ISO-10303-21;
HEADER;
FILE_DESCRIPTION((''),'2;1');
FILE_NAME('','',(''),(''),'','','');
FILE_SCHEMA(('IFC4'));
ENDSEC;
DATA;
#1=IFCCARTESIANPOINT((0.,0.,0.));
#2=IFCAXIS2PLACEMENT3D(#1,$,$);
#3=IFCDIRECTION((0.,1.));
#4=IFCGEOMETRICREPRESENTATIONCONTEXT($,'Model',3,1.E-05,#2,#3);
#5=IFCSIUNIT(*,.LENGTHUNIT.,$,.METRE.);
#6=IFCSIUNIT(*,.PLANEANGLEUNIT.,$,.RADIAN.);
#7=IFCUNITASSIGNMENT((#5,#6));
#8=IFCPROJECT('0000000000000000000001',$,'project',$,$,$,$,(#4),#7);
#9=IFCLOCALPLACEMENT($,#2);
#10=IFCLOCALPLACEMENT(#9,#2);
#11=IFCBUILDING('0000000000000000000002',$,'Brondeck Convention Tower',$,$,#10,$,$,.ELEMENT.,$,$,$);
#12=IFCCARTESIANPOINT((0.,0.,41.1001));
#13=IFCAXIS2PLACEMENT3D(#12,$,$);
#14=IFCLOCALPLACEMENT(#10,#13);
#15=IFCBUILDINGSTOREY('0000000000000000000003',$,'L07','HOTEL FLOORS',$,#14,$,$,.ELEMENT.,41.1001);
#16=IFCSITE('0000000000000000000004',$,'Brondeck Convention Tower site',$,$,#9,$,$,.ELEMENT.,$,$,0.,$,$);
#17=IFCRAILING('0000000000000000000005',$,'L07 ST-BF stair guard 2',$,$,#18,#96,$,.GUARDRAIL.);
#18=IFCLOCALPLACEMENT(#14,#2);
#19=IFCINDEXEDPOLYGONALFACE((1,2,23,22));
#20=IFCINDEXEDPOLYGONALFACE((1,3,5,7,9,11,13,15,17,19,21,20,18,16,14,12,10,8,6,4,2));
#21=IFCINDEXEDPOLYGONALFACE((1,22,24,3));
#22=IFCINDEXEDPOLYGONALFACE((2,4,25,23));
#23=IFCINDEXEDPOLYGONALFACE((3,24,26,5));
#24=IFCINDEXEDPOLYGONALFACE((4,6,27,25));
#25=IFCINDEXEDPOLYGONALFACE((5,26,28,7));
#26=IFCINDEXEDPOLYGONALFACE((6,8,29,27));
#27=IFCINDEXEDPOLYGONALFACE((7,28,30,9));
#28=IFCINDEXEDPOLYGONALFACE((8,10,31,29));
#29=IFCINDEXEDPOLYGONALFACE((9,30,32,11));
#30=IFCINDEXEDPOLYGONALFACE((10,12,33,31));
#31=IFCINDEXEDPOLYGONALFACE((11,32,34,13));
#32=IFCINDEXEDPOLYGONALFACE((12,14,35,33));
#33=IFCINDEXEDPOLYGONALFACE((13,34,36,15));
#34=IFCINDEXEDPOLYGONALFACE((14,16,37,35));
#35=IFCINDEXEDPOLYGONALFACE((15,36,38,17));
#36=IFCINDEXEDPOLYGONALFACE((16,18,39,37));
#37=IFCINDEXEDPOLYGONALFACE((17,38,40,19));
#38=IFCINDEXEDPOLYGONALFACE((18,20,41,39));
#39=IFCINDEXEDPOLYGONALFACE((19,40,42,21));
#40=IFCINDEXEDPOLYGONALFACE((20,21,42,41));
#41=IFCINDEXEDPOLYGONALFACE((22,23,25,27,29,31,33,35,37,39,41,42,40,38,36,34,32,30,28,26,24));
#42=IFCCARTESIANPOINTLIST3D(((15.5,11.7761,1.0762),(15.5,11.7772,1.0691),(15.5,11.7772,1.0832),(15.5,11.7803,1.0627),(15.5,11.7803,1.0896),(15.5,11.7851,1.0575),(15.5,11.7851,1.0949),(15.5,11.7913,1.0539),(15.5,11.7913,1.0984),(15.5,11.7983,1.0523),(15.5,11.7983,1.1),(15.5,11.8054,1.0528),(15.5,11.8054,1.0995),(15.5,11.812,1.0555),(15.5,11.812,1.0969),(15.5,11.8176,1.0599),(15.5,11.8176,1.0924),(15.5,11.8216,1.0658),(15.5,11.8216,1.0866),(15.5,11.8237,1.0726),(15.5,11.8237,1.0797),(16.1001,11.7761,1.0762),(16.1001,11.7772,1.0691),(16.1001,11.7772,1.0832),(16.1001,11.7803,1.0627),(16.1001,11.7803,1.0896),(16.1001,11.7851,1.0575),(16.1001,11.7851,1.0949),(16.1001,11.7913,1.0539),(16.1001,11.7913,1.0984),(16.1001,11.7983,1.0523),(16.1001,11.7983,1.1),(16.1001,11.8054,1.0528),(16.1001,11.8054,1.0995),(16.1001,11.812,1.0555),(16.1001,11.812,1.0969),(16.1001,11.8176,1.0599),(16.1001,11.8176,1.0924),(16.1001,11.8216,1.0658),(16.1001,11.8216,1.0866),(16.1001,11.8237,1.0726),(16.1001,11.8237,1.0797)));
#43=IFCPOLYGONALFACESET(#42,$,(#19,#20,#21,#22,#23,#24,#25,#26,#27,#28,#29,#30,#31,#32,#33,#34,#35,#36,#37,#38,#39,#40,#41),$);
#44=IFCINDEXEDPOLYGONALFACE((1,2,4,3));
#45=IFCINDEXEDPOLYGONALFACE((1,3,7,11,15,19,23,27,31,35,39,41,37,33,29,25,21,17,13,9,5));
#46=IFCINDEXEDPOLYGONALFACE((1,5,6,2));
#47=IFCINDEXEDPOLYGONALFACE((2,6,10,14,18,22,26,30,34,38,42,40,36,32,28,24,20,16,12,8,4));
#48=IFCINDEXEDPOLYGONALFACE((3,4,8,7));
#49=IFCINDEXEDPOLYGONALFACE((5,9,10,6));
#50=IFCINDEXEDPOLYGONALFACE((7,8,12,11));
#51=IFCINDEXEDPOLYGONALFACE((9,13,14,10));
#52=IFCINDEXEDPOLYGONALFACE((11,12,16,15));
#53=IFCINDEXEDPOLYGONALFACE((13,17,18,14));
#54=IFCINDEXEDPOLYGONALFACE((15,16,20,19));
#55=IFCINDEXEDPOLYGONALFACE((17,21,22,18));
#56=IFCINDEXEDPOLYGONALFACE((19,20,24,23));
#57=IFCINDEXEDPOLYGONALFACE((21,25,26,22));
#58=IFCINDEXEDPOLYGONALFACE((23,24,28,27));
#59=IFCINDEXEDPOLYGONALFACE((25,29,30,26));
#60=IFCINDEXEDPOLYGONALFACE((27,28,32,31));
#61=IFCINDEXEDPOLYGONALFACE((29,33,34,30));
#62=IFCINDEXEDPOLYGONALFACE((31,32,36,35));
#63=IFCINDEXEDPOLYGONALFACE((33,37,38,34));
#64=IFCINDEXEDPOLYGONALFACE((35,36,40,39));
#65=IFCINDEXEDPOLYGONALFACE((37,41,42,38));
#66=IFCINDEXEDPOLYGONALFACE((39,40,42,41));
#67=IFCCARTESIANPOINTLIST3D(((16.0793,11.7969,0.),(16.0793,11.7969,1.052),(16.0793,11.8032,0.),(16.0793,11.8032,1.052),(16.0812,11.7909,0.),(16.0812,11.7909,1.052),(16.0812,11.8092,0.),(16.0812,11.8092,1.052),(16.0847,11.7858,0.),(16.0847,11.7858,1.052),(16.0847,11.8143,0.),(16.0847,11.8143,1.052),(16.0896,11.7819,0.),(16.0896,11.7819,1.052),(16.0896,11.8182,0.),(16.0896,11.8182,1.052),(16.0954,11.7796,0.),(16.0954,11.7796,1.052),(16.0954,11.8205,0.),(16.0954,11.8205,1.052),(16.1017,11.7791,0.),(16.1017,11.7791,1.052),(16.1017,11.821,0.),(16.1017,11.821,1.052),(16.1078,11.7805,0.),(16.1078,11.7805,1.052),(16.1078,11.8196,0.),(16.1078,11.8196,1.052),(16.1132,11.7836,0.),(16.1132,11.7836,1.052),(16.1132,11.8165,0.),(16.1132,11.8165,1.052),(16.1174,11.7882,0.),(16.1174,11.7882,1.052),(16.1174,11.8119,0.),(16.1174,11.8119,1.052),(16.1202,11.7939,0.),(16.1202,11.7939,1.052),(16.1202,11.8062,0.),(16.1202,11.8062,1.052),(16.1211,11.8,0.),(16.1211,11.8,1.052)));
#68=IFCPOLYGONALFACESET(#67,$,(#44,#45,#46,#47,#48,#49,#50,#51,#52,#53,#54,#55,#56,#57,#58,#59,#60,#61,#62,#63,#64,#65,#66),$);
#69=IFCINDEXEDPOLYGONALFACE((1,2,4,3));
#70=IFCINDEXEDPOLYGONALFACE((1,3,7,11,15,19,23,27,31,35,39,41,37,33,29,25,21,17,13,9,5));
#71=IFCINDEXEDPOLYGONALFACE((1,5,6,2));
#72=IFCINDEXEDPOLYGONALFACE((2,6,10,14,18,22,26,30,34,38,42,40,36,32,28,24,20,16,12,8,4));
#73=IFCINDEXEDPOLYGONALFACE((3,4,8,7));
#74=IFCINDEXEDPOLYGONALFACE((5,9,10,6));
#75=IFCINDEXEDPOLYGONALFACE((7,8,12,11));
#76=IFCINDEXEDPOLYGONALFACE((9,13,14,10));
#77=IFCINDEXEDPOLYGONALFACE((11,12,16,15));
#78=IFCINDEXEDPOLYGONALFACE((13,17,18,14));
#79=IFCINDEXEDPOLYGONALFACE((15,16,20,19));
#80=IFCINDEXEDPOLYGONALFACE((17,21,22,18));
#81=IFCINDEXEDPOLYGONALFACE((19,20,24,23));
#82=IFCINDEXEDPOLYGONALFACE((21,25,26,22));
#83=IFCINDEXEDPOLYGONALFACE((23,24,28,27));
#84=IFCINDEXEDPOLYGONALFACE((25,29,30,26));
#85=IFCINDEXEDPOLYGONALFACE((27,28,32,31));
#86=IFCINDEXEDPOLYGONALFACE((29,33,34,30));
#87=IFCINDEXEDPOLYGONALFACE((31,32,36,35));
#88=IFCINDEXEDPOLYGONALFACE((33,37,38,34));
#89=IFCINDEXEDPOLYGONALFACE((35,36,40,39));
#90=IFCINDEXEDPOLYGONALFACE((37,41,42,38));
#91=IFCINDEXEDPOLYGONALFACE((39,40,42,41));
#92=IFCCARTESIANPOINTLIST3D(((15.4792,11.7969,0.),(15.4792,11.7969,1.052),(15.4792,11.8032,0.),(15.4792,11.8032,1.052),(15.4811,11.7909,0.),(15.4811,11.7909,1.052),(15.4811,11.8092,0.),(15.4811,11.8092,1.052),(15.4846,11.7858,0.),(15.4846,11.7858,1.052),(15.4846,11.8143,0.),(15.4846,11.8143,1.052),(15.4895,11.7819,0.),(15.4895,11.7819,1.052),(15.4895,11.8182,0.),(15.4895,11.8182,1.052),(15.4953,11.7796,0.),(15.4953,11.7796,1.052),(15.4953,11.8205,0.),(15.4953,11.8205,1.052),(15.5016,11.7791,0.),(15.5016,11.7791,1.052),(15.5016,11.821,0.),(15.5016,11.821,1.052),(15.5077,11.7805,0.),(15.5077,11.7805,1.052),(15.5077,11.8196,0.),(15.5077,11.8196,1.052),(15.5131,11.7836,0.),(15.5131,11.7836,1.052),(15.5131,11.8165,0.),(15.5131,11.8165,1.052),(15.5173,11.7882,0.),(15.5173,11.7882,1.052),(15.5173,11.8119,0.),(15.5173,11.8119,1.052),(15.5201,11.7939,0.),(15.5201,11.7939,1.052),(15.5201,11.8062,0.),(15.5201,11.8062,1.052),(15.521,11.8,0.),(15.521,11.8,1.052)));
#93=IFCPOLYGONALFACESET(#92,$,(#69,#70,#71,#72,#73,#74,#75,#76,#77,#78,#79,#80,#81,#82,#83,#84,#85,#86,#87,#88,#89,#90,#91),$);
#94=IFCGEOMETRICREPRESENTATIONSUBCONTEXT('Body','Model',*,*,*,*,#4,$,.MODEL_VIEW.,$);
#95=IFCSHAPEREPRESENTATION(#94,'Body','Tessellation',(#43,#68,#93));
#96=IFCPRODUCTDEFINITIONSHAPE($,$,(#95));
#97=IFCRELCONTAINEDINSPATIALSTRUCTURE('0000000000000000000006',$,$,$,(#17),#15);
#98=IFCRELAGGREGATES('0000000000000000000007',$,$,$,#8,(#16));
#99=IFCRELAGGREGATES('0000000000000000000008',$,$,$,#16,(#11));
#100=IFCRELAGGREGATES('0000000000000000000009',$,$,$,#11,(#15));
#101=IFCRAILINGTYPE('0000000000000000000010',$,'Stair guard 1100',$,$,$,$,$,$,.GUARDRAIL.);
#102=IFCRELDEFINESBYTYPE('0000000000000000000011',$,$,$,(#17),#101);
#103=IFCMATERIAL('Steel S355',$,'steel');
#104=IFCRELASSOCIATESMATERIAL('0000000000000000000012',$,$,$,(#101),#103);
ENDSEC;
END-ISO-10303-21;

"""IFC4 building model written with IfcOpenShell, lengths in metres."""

from ifc_helpers import new_model, si_unit, direction, frame, origin, origin_2d, place, context, subcontext, project, spatial, circle, extrude, material, type_object, element, save


model = new_model("IFC4")

# Units and contexts
model_context = context("Model", 3, precision=1e-05, world=origin(), true_north=direction((0.0, 1.0)))
body_context = subcontext(model_context, "Body", "Model", "MODEL_VIEW")
ifc_project = project(units=[si_unit("LENGTHUNIT", "METRE"), si_unit("PLANEANGLEUNIT", "RADIAN")], contexts=[model_context])

# Site, building, storey
site_placement = place(None, origin())
site = spatial("IfcSite", under=ifc_project, at=site_placement, Name="Brondeck Convention Tower site", CompositionType="ELEMENT", RefElevation=0.0)
building_placement = place(site_placement, origin())
building = spatial("IfcBuilding", under=site, at=building_placement, Name="Brondeck Convention Tower", CompositionType="ELEMENT")
storey_placement = place(building_placement, frame((0.0, 0.0, 41.1001)))
storey = spatial("IfcBuildingStorey", under=building, at=storey_placement, Name="L07", Description="HOTEL FLOORS", CompositionType="ELEMENT", Elevation=41.1001)

# Shared definitions
ifc_material_1 = material(Name="Steel S355", Category="steel")

# Railing
railing_type = type_object("IfcRailingType", Name="Stair guard 1100", PredefinedType="GUARDRAIL", material=ifc_material_1)
railing_placement = place(storey_placement, frame((16.1001, 11.8, 0.0)))
element("IfcRailing", 1, at=railing_placement, inside=storey, type_object=railing_type, Name="L07 ST-BF stair guard 2", PredefinedType="GUARDRAIL", context=body_context, shape_type="SweptSolid", body=[
    extrude(circle(Radius=0.0239, at=origin_2d()), frame((0.0, 0.0, 1.0762), z_axis=(-1.0, 0.0, 0.0), x_axis=(0.0, -1.0, 0.0)), (0.0, 0.0, 1.0), 0.6001),
    extrude(circle(Radius=0.021, at=origin_2d()), origin(), (0.0, 0.0, 1.0), 1.052),
    extrude(circle(Radius=0.021, at=origin_2d()), frame((-0.6001, 0.0, 0.0)), (0.0, 0.0, 1.0), 1.052),
])

save(model, "model.ifc")
